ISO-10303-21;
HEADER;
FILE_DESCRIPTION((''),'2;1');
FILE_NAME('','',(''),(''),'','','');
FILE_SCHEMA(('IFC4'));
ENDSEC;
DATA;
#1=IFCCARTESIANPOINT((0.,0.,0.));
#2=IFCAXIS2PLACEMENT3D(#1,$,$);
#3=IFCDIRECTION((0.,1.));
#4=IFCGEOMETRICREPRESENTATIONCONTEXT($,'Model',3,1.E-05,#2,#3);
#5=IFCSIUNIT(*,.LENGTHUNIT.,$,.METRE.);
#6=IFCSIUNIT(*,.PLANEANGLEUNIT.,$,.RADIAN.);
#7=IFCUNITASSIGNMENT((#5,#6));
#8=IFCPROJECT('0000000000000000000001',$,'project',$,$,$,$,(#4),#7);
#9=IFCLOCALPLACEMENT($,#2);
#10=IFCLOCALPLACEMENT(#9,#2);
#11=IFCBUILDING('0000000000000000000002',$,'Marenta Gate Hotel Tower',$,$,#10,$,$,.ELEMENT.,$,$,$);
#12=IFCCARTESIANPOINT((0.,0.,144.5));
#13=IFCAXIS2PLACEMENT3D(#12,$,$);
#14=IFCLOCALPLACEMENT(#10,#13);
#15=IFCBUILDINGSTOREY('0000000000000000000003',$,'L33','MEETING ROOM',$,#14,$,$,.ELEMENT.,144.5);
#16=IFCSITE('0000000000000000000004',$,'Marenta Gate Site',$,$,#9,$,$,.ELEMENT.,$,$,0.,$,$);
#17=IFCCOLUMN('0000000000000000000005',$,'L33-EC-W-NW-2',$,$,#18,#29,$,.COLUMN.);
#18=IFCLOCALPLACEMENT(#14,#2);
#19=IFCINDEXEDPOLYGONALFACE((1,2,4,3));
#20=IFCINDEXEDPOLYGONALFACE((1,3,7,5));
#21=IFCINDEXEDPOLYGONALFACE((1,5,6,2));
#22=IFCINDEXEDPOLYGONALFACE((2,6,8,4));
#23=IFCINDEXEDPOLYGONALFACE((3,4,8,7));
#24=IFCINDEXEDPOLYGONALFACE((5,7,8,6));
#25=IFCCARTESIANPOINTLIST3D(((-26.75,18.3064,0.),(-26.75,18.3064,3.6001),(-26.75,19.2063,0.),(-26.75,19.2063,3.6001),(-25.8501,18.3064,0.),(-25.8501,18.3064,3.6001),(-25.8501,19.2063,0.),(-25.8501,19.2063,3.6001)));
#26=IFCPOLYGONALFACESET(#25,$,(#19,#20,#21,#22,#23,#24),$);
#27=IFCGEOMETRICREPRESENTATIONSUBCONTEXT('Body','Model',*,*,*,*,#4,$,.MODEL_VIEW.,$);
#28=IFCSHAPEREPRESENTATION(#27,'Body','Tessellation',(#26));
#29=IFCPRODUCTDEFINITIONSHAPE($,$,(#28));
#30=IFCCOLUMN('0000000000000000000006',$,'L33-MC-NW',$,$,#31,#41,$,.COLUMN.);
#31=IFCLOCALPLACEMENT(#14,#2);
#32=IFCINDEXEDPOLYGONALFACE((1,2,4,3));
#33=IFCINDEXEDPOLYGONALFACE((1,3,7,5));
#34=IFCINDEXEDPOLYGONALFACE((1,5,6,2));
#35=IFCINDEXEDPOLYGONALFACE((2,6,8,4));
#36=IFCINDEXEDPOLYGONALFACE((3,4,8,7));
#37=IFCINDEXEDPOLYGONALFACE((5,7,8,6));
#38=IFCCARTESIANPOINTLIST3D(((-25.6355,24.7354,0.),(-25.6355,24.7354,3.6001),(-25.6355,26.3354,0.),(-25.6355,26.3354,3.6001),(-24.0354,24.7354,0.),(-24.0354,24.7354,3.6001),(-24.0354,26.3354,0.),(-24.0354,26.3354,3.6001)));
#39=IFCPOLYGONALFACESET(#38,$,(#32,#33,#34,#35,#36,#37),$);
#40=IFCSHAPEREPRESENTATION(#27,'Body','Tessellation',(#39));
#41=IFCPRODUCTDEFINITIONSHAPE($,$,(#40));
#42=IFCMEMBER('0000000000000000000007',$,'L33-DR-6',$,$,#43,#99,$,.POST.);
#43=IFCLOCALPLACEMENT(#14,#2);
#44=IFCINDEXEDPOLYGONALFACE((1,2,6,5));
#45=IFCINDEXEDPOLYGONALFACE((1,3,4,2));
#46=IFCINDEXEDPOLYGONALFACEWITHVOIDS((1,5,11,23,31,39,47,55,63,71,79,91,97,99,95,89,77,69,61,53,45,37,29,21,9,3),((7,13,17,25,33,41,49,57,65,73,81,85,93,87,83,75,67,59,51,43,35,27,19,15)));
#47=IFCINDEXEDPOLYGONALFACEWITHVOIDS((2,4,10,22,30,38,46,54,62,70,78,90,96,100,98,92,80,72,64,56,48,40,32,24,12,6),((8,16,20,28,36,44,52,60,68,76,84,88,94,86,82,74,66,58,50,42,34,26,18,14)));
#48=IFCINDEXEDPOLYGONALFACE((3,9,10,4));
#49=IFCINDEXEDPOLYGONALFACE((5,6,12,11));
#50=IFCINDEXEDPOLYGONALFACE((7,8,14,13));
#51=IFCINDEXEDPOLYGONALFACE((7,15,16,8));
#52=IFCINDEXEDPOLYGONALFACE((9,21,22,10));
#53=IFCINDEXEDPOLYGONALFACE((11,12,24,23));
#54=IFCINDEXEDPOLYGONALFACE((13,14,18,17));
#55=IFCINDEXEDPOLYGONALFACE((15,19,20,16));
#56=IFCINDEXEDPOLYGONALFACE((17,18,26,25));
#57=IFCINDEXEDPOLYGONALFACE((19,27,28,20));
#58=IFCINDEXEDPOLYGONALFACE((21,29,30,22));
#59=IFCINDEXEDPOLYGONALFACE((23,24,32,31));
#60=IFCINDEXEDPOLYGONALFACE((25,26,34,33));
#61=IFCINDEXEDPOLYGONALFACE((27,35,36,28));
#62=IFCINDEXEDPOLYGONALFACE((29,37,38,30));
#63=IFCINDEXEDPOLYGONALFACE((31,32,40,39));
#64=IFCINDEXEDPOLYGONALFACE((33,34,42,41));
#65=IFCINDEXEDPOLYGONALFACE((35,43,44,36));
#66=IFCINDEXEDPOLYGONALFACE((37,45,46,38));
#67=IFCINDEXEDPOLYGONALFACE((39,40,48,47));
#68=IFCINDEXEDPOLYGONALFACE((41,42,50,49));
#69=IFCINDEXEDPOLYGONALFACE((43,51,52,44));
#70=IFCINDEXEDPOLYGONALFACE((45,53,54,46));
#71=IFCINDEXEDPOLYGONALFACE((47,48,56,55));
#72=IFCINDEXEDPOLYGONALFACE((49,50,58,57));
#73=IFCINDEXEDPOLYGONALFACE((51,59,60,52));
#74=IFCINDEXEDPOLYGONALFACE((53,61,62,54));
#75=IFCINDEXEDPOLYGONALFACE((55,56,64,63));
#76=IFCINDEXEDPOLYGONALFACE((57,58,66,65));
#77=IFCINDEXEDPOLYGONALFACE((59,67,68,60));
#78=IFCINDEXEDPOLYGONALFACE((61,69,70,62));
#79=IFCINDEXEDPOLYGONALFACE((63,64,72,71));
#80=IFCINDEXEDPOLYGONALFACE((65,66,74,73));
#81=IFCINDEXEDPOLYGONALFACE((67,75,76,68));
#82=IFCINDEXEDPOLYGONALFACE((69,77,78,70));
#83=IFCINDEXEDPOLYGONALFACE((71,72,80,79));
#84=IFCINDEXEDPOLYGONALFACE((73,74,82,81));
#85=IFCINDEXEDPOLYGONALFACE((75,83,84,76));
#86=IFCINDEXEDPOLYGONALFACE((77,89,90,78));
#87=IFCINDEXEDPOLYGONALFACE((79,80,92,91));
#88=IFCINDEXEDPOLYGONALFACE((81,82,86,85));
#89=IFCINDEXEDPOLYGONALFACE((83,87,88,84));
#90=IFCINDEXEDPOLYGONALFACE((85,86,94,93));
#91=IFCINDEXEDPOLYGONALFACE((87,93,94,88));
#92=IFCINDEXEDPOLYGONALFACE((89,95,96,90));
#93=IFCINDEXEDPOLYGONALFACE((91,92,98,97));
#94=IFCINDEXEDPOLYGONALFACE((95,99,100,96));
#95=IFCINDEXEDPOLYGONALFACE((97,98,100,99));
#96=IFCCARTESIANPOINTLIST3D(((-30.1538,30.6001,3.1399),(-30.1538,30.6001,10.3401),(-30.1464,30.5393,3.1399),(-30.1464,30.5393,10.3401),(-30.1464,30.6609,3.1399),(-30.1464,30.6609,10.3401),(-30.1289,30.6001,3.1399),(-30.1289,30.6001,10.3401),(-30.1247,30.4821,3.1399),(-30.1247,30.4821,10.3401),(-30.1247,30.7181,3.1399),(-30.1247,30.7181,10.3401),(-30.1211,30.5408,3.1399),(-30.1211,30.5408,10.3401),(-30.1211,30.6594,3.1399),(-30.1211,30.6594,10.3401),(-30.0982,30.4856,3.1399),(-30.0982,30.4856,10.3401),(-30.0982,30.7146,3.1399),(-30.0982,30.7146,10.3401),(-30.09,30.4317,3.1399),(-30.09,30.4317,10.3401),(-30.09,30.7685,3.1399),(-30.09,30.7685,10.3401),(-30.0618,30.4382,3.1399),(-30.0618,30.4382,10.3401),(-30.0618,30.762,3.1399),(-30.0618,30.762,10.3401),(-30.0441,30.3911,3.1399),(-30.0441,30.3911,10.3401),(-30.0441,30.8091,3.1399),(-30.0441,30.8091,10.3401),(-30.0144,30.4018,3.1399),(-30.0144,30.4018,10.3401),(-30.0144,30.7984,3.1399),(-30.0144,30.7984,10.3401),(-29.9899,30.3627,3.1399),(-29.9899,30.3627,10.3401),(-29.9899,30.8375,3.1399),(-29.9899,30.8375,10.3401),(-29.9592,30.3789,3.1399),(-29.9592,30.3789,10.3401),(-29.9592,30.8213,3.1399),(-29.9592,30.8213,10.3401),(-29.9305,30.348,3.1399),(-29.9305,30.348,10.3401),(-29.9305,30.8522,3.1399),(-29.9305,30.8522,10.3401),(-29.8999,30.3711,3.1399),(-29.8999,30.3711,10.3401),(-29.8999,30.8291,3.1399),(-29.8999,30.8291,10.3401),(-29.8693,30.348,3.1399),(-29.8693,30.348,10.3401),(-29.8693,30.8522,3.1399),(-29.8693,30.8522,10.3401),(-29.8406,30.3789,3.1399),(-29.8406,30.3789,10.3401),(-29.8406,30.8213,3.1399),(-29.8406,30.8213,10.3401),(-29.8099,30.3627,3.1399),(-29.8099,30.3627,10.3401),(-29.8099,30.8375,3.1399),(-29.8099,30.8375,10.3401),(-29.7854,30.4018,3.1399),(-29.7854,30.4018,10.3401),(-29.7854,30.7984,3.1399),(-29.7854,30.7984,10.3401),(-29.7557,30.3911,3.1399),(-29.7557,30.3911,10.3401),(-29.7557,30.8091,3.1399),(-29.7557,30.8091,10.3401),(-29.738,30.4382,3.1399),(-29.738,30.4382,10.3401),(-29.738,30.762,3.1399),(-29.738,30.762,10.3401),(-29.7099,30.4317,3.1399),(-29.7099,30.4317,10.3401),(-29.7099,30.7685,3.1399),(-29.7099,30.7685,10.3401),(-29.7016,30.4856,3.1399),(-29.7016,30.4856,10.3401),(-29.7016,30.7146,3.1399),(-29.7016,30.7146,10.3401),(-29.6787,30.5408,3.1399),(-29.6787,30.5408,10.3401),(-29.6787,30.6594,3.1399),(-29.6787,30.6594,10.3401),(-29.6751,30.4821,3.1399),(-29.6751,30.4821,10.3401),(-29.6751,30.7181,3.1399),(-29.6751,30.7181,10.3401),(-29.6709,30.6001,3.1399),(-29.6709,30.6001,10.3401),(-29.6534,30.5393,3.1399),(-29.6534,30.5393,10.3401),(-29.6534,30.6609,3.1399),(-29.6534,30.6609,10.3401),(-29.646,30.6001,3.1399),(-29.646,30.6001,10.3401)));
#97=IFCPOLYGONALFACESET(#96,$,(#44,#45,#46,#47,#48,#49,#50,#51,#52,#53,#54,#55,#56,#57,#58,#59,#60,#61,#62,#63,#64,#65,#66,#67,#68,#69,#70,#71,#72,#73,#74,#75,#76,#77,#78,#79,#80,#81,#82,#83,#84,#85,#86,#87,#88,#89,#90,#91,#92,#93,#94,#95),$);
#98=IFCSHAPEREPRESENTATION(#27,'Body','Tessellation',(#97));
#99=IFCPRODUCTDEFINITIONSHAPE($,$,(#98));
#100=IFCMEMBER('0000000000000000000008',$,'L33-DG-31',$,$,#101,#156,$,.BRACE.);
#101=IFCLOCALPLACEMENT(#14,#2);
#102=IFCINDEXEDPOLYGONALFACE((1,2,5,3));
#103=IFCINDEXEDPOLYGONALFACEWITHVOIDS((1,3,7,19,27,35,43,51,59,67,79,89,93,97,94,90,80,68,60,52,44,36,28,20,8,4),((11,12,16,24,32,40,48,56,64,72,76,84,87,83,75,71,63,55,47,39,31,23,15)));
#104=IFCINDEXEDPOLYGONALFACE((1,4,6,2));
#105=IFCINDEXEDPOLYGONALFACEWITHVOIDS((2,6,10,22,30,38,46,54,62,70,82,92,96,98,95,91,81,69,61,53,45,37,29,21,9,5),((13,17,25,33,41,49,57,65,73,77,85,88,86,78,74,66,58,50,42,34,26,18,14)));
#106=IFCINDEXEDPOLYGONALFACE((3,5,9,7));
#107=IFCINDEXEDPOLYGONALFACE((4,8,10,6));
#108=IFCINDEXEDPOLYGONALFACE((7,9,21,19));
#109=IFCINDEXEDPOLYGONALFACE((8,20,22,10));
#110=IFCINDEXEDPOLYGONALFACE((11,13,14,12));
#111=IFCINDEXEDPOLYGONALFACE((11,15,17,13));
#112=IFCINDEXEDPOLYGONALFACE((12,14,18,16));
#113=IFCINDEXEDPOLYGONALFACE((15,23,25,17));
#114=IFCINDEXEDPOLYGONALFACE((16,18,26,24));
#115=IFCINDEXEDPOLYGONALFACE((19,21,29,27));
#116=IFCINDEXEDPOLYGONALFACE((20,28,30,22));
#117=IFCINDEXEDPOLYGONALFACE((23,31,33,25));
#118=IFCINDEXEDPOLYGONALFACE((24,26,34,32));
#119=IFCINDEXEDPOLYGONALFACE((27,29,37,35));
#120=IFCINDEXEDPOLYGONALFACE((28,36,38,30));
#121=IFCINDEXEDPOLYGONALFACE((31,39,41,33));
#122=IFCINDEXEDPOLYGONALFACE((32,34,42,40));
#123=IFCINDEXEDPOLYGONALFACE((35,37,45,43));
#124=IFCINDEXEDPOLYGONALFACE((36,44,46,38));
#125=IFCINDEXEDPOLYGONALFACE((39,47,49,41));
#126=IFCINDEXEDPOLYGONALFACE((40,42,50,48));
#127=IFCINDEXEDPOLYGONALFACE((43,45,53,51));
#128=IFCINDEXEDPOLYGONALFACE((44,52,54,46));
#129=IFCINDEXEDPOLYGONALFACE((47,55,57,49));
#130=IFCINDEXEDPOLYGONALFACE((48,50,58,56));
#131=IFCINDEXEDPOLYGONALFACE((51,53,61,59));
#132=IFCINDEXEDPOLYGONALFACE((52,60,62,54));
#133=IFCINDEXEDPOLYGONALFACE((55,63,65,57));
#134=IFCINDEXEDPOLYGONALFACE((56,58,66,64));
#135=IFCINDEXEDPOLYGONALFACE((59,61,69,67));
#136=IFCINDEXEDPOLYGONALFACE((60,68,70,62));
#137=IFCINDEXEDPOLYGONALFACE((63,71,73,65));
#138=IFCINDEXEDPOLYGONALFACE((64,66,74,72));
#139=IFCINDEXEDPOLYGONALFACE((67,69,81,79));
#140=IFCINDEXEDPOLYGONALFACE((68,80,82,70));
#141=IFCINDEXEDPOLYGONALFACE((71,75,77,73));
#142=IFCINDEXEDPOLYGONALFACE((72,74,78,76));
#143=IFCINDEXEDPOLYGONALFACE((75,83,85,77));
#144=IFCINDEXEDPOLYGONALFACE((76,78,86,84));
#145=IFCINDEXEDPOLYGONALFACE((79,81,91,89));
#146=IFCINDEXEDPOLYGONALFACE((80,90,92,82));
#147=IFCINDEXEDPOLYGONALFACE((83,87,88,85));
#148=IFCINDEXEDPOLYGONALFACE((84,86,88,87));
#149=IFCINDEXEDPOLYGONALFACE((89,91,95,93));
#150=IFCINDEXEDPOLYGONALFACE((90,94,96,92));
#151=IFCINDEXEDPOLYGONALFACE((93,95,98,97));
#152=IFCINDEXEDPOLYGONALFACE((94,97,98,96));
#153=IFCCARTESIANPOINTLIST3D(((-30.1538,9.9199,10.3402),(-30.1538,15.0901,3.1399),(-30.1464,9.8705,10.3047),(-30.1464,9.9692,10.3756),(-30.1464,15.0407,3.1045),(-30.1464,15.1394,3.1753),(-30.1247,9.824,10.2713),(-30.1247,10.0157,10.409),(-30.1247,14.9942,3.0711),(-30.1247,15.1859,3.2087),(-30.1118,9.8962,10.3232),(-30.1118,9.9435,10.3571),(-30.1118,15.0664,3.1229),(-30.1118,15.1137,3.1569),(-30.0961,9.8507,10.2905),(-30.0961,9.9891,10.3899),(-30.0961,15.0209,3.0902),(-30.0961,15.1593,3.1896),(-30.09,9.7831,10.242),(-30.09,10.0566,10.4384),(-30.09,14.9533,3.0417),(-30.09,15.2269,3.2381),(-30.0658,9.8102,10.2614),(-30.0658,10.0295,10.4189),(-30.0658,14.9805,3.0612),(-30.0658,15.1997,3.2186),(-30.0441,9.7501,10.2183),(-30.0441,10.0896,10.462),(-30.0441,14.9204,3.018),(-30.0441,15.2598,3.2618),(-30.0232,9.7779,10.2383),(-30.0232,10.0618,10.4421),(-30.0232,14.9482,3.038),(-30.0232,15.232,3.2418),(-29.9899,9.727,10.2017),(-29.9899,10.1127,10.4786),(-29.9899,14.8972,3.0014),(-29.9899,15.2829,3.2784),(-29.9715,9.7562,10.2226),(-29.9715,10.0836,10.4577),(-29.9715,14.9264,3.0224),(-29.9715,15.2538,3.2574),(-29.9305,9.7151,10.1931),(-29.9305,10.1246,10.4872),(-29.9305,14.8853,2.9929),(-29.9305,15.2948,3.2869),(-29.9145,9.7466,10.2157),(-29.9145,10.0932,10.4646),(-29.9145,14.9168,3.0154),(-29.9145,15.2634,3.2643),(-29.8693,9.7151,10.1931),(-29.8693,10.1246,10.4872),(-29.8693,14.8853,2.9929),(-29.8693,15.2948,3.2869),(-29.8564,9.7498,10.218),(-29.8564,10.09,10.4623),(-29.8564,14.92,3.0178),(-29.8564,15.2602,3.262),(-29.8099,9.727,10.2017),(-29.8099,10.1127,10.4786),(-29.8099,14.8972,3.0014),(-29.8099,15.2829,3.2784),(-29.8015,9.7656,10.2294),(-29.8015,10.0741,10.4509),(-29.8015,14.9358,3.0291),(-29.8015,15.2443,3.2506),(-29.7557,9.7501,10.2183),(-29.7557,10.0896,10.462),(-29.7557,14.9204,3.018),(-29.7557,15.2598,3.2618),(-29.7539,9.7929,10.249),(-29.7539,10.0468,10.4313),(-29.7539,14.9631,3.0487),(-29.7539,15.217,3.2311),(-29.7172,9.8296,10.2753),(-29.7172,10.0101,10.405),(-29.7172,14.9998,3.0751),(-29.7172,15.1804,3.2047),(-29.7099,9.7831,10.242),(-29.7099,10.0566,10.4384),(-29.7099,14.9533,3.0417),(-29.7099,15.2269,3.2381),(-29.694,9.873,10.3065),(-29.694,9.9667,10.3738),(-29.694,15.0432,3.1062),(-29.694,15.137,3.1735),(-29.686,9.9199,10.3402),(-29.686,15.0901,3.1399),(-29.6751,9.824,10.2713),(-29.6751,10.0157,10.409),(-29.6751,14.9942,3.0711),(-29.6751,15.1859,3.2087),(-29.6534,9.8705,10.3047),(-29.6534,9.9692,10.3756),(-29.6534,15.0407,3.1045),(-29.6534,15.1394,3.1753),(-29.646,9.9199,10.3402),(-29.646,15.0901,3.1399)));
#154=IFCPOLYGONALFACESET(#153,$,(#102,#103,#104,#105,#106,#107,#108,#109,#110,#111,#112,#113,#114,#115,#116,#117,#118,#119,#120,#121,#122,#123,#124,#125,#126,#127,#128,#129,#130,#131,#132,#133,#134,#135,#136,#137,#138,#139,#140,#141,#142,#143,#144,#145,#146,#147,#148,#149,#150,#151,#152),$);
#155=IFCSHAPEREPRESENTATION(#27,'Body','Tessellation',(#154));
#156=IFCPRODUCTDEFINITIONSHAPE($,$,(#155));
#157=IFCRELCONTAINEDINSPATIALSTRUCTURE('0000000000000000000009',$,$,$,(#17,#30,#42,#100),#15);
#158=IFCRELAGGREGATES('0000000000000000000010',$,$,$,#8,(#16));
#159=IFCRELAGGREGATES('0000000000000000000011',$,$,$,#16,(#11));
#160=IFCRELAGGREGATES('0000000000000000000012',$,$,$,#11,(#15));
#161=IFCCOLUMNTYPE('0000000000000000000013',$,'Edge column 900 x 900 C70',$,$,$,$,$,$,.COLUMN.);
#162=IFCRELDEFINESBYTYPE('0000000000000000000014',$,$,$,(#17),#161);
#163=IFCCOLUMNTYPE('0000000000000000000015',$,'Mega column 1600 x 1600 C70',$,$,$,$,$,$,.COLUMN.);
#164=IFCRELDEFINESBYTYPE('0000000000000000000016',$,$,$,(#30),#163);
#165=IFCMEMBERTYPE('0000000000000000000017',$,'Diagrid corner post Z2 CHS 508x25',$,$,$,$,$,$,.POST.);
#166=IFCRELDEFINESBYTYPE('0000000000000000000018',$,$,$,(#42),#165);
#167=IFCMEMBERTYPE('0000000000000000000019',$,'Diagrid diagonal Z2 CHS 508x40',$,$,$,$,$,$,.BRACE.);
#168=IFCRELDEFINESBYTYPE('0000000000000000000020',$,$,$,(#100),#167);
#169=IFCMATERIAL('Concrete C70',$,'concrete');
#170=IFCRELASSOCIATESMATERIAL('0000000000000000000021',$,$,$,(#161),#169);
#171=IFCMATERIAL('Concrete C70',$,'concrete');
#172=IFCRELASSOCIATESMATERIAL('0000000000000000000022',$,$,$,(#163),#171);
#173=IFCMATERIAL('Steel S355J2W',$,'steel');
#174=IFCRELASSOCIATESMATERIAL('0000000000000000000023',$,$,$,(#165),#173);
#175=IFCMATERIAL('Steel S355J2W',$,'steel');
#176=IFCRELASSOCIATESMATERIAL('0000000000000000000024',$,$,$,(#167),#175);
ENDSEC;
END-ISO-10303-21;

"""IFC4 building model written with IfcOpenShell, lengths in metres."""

from ifc_helpers import new_model, si_unit, direction, frame, origin, origin_2d, place, context, subcontext, project, spatial, rectangle, hollow_circle, extrude, material, material_profile, profile_set, type_object, element, save


model = new_model("IFC4")

# Units and contexts
model_context = context("Model", 3, precision=1e-05, world=origin(), true_north=direction((0.0, 1.0)))
body_context = subcontext(model_context, "Body", "Model", "MODEL_VIEW")
ifc_project = project(units=[si_unit("LENGTHUNIT", "METRE"), si_unit("PLANEANGLEUNIT", "RADIAN")], contexts=[model_context])

# Site, building, storey
site_placement = place(None, origin())
site = spatial("IfcSite", under=ifc_project, at=site_placement, Name="Marenta Gate Site", CompositionType="ELEMENT", RefElevation=0.0)
building_placement = place(site_placement, origin())
building = spatial("IfcBuilding", under=site, at=building_placement, Name="Marenta Gate Hotel Tower", CompositionType="ELEMENT")
storey_placement = place(building_placement, frame((0.0, 0.0, 144.5)))
storey = spatial("IfcBuildingStorey", under=building, at=storey_placement, Name="L33", Description="MEETING ROOM", CompositionType="ELEMENT", Elevation=144.5)

# Columns
ifc_material_1 = material(Name="Concrete C70", Category="concrete")
ifc_material_profile_1 = material_profile(ifc_material_1, rectangle(XDim=0.8999, YDim=0.8999, at=origin_2d()), Name="900 x 900")
ifc_profile_set_1 = profile_set([ifc_material_profile_1], Name="Concrete C70")
column_type_1 = type_object("IfcColumnType", Name="Edge column 900 x 900 C70", PredefinedType="COLUMN", material=ifc_profile_set_1)
column_1_placement = place(storey_placement, frame((-26.3, 18.7563, 0.0), z_axis=(0.0, 0.0, 1.0), x_axis=(1.0, 0.0, 0.0)))
element("IfcColumn", 1, at=column_1_placement, inside=storey, type_object=column_type_1, Name="L33-EC-W-NW-2", PredefinedType="COLUMN", context=body_context, shape_type="SweptSolid", body=[
    extrude(rectangle(XDim=0.8999, YDim=0.8999, at=origin_2d()), origin(), (0.0, 0.0, 1.0), 3.6001),
])
ifc_material_2 = material(Name="Concrete C70", Category="concrete")
ifc_material_profile_2 = material_profile(ifc_material_2, rectangle(XDim=1.6001, YDim=1.6001, at=origin_2d()), Name="1600 x 1600")
ifc_profile_set_2 = profile_set([ifc_material_profile_2], Name="Concrete C70")
column_type_2 = type_object("IfcColumnType", Name="Mega column 1600 x 1600 C70", PredefinedType="COLUMN", material=ifc_profile_set_2)
column_2_placement = place(storey_placement, frame((-24.8354, 25.5354, 0.0), z_axis=(0.0, 0.0, 1.0), x_axis=(1.0, 0.0, 0.0)))
element("IfcColumn", 2, at=column_2_placement, inside=storey, type_object=column_type_2, Name="L33-MC-NW", PredefinedType="COLUMN", context=body_context, shape_type="SweptSolid", body=[
    extrude(rectangle(XDim=1.6001, YDim=1.6001, at=origin_2d()), origin(), (0.0, 0.0, 1.0), 3.6001),
])

# Members
ifc_material_3 = material(Name="Steel S355J2W", Category="steel")
ifc_material_profile_3 = material_profile(ifc_material_3, hollow_circle(Radius=0.2539, WallThickness=0.0249, at=origin_2d()), Name="CHS 508x25")
ifc_profile_set_3 = profile_set([ifc_material_profile_3], Name="Steel S355J2W")
member_type_1 = type_object("IfcMemberType", Name="Diagrid corner post Z2 CHS 508x25", PredefinedType="POST", material=ifc_profile_set_3)
member_1_placement = place(storey_placement, frame((-29.8999, 30.6001, 3.1399), z_axis=(0.0, 0.0, 1.0), x_axis=(1.0, 0.0, 0.0)))
element("IfcMember", 3, at=member_1_placement, inside=storey, type_object=member_type_1, Name="L33-DR-6", PredefinedType="POST", context=body_context, shape_type="SweptSolid", body=[
    extrude(hollow_circle(Radius=0.2539, WallThickness=0.0249, at=origin_2d()), origin(), (0.0, 0.0, 1.0), 7.2002),
])
ifc_material_4 = material(Name="Steel S355J2W", Category="steel")
ifc_material_profile_4 = material_profile(ifc_material_4, hollow_circle(Radius=0.2539, WallThickness=0.04, at=origin_2d()), Name="CHS 508x40")
ifc_profile_set_4 = profile_set([ifc_material_profile_4], Name="Steel S355J2W")
member_type_2 = type_object("IfcMemberType", Name="Diagrid diagonal Z2 CHS 508x40", PredefinedType="BRACE", material=ifc_profile_set_4)
member_2_placement = place(storey_placement, frame((-29.8999, 15.0901, 3.1399), z_axis=(0.0, -0.583266, 0.812281), x_axis=(1.0, 0.0, 0.0)))
element("IfcMember", 4, at=member_2_placement, inside=storey, type_object=member_type_2, Name="L33-DG-31", PredefinedType="BRACE", context=body_context, shape_type="SweptSolid", body=[
    extrude(hollow_circle(Radius=0.2539, WallThickness=0.04, at=origin_2d()), origin(), (0.0, 0.0, 1.0), 8.8643),
])

save(model, "model.ifc")
